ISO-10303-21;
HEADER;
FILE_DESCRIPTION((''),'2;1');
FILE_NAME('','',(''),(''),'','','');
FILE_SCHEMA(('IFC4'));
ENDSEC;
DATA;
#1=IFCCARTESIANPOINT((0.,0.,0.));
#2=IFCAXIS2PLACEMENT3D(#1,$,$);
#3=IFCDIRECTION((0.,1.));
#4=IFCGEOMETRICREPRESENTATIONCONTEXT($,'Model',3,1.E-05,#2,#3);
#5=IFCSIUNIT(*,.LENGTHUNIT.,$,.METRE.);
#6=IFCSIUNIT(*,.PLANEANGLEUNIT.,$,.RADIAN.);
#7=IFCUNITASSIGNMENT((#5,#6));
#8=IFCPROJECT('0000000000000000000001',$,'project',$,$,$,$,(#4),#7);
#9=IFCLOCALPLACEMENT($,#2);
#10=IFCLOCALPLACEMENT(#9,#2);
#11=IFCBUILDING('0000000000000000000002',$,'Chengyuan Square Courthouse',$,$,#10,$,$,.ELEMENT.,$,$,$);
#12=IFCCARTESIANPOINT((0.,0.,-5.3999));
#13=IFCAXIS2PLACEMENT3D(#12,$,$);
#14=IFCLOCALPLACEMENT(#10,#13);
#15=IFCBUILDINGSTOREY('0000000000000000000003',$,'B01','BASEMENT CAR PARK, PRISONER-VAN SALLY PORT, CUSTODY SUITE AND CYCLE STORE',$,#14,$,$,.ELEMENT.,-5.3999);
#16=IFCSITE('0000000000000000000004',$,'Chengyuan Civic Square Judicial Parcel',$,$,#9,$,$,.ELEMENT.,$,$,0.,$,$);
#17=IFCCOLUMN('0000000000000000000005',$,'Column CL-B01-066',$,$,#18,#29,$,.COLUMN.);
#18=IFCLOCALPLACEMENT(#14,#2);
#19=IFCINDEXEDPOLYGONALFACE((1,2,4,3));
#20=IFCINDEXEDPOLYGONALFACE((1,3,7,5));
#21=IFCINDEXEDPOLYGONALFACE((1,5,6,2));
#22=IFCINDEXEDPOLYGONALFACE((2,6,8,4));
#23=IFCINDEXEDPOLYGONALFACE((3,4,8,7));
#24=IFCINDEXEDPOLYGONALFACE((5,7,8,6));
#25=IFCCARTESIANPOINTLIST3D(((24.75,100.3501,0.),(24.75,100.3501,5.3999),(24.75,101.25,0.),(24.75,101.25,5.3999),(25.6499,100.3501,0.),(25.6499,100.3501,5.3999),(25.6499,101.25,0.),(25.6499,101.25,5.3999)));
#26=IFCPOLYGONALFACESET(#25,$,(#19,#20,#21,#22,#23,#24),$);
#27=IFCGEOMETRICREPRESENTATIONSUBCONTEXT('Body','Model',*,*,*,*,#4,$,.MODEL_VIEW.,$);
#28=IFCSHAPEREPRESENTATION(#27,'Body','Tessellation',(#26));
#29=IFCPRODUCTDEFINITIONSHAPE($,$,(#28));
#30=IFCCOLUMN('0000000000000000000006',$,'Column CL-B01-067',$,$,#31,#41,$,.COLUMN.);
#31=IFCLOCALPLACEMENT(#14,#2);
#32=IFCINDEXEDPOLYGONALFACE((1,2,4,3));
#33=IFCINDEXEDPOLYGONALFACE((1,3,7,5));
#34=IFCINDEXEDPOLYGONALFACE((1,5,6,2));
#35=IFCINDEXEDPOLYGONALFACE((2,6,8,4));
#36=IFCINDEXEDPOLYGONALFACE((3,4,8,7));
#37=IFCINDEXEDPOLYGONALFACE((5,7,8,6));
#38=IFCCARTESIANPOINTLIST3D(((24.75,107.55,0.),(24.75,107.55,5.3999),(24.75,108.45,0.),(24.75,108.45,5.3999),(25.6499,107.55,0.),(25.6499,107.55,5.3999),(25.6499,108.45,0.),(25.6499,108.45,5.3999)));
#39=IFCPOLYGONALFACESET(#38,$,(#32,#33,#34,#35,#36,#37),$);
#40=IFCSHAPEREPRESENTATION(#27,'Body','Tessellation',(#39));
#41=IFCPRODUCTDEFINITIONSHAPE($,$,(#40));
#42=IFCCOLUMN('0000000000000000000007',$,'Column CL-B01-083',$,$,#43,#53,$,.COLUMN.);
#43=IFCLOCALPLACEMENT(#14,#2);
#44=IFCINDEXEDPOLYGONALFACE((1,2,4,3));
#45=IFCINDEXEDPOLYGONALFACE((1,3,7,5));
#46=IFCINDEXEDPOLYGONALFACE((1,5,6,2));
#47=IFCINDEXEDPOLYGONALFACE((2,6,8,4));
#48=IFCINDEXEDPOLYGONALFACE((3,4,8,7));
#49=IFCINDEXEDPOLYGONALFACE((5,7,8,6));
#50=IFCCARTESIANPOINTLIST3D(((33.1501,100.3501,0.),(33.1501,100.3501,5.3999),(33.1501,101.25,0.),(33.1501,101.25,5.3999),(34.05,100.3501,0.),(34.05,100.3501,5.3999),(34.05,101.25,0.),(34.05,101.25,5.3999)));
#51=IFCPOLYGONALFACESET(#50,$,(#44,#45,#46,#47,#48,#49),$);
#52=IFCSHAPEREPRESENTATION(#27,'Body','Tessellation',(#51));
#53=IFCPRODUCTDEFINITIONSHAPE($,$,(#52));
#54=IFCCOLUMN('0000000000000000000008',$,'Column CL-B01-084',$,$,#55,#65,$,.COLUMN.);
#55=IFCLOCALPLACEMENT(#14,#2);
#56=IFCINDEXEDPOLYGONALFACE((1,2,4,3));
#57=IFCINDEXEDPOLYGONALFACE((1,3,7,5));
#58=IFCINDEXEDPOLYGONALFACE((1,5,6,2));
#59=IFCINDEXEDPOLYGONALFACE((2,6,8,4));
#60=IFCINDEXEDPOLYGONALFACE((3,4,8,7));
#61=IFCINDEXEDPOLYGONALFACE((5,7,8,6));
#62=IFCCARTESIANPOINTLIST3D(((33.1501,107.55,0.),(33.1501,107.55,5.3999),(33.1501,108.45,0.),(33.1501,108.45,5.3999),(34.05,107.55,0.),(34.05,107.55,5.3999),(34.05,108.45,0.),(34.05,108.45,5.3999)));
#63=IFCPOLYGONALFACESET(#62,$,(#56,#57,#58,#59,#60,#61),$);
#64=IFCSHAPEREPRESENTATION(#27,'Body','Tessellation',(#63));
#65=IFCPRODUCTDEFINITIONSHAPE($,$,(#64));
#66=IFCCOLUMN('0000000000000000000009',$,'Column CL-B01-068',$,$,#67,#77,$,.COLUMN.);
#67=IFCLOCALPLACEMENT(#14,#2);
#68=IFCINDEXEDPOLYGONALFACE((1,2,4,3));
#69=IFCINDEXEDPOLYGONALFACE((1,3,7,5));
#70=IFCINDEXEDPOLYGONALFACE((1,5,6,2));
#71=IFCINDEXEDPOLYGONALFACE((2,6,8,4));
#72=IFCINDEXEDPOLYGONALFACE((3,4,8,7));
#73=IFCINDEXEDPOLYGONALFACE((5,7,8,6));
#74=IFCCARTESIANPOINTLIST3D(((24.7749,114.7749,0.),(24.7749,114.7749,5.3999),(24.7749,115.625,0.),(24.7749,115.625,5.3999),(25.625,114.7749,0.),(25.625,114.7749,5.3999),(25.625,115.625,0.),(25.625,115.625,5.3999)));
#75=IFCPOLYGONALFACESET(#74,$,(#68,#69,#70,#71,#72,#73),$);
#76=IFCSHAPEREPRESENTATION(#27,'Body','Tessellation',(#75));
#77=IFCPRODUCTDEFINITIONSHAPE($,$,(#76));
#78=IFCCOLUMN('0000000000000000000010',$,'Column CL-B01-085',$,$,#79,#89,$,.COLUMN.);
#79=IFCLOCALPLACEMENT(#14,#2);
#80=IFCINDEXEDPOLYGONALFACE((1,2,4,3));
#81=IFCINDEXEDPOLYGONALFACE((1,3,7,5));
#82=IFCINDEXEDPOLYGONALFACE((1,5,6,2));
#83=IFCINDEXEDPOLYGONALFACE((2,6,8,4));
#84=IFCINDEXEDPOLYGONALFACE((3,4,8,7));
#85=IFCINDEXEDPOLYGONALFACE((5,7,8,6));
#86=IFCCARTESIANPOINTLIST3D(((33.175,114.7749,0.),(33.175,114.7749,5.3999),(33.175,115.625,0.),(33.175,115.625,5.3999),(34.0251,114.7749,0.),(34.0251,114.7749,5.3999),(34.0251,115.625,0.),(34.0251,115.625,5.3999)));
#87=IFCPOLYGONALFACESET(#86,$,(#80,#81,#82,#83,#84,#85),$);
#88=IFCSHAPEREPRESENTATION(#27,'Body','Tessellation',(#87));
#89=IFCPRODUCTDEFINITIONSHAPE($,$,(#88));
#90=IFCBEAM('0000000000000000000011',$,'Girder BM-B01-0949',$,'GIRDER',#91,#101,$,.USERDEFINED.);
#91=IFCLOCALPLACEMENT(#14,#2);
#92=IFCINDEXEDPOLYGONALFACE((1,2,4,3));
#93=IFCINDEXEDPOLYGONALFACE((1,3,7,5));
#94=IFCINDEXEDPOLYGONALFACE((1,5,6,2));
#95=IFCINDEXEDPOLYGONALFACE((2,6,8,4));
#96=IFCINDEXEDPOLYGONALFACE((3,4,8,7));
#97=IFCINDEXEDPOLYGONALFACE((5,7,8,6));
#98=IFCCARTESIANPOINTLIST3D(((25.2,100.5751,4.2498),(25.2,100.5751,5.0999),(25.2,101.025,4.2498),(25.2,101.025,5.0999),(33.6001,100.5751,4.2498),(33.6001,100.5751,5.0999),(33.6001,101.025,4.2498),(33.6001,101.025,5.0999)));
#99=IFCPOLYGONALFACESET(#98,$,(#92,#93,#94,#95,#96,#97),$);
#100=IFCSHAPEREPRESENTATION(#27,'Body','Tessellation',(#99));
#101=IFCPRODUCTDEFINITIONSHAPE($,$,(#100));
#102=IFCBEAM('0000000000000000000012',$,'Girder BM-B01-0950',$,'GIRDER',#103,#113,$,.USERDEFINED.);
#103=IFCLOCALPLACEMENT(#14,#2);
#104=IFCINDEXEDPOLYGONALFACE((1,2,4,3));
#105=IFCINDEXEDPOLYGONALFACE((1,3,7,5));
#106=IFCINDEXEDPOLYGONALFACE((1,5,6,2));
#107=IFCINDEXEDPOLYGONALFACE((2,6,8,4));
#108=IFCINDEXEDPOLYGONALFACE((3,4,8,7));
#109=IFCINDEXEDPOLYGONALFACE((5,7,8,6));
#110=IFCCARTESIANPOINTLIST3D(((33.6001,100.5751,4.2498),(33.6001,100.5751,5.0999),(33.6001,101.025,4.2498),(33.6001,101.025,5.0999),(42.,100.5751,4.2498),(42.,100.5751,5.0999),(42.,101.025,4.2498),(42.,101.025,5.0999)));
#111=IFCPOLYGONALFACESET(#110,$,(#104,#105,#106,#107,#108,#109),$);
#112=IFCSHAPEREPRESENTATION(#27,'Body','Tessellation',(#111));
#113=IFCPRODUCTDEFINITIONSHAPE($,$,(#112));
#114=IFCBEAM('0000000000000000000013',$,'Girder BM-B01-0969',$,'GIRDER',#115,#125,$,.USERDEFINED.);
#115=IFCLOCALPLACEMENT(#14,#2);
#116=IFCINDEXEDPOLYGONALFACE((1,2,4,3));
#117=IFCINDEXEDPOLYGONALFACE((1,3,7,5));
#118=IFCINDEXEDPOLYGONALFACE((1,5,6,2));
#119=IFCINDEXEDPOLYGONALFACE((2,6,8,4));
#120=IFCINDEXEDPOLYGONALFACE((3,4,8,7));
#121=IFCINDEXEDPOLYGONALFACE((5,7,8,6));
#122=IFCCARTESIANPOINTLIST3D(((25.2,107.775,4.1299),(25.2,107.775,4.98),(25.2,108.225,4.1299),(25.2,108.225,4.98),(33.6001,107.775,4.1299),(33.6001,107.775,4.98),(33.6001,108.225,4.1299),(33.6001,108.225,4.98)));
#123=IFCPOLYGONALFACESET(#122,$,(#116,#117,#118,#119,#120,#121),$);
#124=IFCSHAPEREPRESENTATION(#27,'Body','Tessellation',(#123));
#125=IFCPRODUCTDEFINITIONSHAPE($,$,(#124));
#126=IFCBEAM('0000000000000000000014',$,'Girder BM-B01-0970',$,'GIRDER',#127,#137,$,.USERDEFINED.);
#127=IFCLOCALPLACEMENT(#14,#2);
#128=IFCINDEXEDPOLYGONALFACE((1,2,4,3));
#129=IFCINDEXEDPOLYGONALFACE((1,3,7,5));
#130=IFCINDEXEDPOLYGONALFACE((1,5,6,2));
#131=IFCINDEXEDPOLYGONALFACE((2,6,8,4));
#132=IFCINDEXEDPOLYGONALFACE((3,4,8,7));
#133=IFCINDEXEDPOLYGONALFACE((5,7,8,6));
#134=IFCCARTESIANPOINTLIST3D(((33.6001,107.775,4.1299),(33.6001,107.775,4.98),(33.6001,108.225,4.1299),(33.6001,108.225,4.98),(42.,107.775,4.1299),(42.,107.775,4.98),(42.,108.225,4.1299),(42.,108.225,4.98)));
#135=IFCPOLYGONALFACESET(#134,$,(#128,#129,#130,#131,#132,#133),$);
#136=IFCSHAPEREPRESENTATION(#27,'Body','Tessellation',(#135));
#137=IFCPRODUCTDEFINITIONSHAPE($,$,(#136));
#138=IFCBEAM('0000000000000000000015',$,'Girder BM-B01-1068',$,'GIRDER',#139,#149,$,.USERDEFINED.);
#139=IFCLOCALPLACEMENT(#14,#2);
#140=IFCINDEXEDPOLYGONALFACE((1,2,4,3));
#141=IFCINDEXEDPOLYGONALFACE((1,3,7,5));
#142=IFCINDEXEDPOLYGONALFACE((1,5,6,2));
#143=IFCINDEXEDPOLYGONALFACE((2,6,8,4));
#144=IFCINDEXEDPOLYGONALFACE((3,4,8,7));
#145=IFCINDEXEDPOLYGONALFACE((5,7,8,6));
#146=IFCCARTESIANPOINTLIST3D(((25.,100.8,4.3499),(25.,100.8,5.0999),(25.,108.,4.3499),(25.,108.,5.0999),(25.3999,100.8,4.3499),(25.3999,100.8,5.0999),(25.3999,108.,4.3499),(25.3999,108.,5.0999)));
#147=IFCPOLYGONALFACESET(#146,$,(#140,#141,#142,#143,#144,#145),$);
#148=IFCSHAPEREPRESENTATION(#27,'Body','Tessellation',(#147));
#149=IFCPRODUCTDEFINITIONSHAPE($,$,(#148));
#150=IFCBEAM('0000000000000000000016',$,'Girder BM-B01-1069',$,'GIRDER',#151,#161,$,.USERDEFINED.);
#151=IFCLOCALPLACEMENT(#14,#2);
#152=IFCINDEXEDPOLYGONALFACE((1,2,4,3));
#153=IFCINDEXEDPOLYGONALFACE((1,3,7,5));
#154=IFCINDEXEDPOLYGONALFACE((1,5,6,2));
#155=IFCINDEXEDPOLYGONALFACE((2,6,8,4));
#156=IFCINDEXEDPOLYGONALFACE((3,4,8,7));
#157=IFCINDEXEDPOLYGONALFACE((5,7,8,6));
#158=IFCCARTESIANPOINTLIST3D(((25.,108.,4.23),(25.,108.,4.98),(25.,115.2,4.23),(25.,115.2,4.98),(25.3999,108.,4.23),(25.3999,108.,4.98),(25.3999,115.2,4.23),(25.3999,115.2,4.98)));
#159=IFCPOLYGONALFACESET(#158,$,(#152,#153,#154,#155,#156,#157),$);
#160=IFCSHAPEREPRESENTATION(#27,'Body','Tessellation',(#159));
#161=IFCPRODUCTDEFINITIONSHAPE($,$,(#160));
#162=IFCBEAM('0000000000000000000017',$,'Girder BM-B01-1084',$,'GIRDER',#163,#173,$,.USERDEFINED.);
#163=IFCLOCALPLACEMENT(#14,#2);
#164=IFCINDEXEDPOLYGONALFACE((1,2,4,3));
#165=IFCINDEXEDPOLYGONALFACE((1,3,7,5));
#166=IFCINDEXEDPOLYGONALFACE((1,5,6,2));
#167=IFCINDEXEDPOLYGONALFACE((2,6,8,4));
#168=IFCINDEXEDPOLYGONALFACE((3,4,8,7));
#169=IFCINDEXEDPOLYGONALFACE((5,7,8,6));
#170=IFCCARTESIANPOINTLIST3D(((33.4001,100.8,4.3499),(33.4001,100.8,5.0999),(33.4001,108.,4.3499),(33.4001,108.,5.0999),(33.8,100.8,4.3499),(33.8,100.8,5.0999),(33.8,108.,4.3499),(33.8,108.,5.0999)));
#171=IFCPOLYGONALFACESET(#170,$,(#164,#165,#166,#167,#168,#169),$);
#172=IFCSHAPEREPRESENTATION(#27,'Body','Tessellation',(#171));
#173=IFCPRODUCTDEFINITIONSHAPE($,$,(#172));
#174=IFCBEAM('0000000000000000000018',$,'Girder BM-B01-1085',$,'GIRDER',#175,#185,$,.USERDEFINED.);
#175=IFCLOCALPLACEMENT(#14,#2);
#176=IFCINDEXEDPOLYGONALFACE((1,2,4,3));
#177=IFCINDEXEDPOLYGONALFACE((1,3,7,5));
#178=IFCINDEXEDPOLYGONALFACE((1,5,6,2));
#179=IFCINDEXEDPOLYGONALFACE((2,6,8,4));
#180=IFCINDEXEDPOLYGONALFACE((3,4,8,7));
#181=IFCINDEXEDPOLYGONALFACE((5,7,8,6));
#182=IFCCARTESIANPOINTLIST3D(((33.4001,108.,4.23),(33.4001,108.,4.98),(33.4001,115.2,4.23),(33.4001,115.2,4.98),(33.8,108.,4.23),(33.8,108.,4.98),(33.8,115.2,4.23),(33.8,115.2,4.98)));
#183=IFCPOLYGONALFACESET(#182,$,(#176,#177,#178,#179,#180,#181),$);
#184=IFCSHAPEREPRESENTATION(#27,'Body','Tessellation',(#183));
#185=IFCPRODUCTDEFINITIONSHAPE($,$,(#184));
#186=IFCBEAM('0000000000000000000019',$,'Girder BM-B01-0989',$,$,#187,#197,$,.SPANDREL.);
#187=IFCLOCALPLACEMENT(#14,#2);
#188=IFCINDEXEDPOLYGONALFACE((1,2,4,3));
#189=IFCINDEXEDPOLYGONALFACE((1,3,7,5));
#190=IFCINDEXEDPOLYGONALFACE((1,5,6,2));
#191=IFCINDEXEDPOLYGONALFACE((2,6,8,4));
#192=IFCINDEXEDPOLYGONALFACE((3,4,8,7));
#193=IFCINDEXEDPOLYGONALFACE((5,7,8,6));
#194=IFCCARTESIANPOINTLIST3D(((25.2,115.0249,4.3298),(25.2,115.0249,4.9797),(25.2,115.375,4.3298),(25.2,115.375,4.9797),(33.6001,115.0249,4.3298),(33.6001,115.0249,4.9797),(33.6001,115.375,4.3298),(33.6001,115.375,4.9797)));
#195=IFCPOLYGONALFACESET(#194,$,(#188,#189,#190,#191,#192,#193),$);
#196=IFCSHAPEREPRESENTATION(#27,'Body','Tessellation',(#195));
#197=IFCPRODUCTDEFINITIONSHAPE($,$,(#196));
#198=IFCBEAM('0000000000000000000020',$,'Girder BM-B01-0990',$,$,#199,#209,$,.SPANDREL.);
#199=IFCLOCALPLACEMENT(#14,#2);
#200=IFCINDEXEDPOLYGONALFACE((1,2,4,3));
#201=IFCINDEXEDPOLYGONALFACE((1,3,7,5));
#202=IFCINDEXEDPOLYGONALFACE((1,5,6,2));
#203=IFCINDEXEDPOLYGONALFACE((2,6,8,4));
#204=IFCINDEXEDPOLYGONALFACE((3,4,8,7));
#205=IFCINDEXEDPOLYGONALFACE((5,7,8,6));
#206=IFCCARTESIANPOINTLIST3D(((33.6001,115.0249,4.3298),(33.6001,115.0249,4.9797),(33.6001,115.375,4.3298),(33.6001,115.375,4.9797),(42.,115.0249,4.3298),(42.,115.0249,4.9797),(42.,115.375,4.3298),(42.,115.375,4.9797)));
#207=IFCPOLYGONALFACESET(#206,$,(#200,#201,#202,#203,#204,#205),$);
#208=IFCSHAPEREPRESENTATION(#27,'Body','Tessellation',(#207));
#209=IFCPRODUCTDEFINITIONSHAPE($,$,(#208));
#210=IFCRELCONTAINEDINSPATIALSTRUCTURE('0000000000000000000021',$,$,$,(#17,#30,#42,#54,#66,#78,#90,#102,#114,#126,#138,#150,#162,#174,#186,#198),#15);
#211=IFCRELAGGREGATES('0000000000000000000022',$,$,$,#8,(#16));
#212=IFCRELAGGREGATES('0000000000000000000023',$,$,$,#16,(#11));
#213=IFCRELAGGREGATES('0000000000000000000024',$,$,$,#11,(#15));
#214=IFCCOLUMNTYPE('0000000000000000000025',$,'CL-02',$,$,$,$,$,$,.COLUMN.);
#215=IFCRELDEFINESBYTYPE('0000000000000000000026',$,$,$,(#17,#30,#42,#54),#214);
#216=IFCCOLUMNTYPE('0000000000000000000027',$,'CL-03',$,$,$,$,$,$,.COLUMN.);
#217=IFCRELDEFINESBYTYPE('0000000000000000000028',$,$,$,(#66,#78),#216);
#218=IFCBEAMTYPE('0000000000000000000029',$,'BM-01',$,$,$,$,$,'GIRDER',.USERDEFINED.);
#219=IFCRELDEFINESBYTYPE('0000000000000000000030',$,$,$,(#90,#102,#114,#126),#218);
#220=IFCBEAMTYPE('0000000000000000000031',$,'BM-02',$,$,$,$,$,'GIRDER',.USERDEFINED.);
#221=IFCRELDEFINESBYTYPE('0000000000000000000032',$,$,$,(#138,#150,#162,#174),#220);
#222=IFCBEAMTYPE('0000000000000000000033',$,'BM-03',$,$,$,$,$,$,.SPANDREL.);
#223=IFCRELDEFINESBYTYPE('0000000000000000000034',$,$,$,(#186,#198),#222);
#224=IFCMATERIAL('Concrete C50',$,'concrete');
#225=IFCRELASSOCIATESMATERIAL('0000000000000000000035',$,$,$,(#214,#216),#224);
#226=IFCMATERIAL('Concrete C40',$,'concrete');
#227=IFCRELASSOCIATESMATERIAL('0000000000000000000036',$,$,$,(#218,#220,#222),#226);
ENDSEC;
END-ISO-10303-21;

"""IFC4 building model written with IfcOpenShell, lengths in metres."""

from ifc_helpers import new_model, si_unit, direction, frame, origin, origin_2d, place, context, subcontext, project, spatial, rectangle, extrude, material, material_profile, profile_set, type_object, element, save


model = new_model("IFC4")

# Units and contexts
model_context = context("Model", 3, precision=1e-05, world=origin(), true_north=direction((0.0, 1.0)))
body_context = subcontext(model_context, "Body", "Model", "MODEL_VIEW")
ifc_project = project(units=[si_unit("LENGTHUNIT", "METRE"), si_unit("PLANEANGLEUNIT", "RADIAN")], contexts=[model_context])

# Site, building, storey
site_placement = place(None, origin())
site = spatial("IfcSite", under=ifc_project, at=site_placement, Name="Chengyuan Civic Square Judicial Parcel", CompositionType="ELEMENT", RefElevation=0.0)
building_placement = place(site_placement, origin())
building = spatial("IfcBuilding", under=site, at=building_placement, Name="Chengyuan Square Courthouse", CompositionType="ELEMENT")
storey_placement = place(building_placement, frame((0.0, 0.0, -5.3999)))
storey = spatial("IfcBuildingStorey", under=building, at=storey_placement, Name="B01", Description="BASEMENT CAR PARK, PRISONER-VAN SALLY PORT, CUSTODY SUITE AND CYCLE STORE", CompositionType="ELEMENT", Elevation=-5.3999)

# Columns
ifc_material_1 = material(Name="Concrete C50", Category="concrete")
ifc_material_profile_1 = material_profile(ifc_material_1, rectangle(XDim=0.8999, YDim=0.8999, at=origin_2d()), Name="RC-COL-900x900")
ifc_profile_set_1 = profile_set([ifc_material_profile_1], Name="Concrete C50")
column_type_1 = type_object("IfcColumnType", Name="CL-02", PredefinedType="COLUMN", material=ifc_profile_set_1)
for number, where, z_axis, x_axis, name in (
    (1, (25.2, 100.8, 0.0), (0.0, 0.0, 1.0), (1.0, 0.0, 0.0), "Column CL-B01-066"),
    (2, (25.2, 108.0, 0.0), (0.0, 0.0, 1.0), (1.0, 0.0, 0.0), "Column CL-B01-067"),
    (3, (33.6001, 100.8, 0.0), (0.0, 0.0, 1.0), (1.0, 0.0, 0.0), "Column CL-B01-083"),
    (4, (33.6001, 108.0, 0.0), (0.0, 0.0, 1.0), (1.0, 0.0, 0.0), "Column CL-B01-084"),
):
    element("IfcColumn", number, at=place(storey_placement, frame(where, z_axis=z_axis, x_axis=x_axis)), inside=storey, type_object=column_type_1, Name=name, PredefinedType="COLUMN", context=body_context, shape_type="SweptSolid", body=[
        extrude(rectangle(XDim=0.8999, YDim=0.8999, at=origin_2d()), origin(), (0.0, 0.0, 1.0), 5.3999),
    ])
ifc_material_profile_2 = material_profile(ifc_material_1, rectangle(XDim=0.8501, YDim=0.8501, at=origin_2d()), Name="RC-COL-850x850")
ifc_profile_set_2 = profile_set([ifc_material_profile_2], Name="Concrete C50")
column_type_2 = type_object("IfcColumnType", Name="CL-03", PredefinedType="COLUMN", material=ifc_profile_set_2)
for number, where, z_axis, x_axis, name in (
    (5, (25.2, 115.2, 0.0), (0.0, 0.0, 1.0), (1.0, 0.0, 0.0), "Column CL-B01-068"),
    (6, (33.6001, 115.2, 0.0), (0.0, 0.0, 1.0), (1.0, 0.0, 0.0), "Column CL-B01-085"),
):
    element("IfcColumn", number, at=place(storey_placement, frame(where, z_axis=z_axis, x_axis=x_axis)), inside=storey, type_object=column_type_2, Name=name, PredefinedType="COLUMN", context=body_context, shape_type="SweptSolid", body=[
        extrude(rectangle(XDim=0.8501, YDim=0.8501, at=origin_2d()), origin(), (0.0, 0.0, 1.0), 5.3999),
    ])

# Beams
ifc_material_2 = material(Name="Concrete C40", Category="concrete")
ifc_material_profile_3 = material_profile(ifc_material_2, rectangle(XDim=0.45, YDim=0.8501, at=origin_2d()), Name="RC-BM-450x850")
ifc_profile_set_3 = profile_set([ifc_material_profile_3], Name="Concrete C40")
beam_type_1 = type_object("IfcBeamType", Name="BM-01", ElementType="GIRDER", PredefinedType="USERDEFINED", material=ifc_profile_set_3)
beam_1_placement = place(storey_placement, frame((25.2, 100.8, 4.6748), z_axis=(1.0, 0.0, 0.0), x_axis=(0.0, 1.0, 0.0)))
element("IfcBeam", 7, at=beam_1_placement, inside=storey, type_object=beam_type_1, Name="Girder BM-B01-0949", ObjectType="GIRDER", PredefinedType="USERDEFINED", context=body_context, shape_type="SweptSolid", body=[
    extrude(rectangle(XDim=0.45, YDim=0.8501, at=origin_2d()), origin(), (0.0, 0.0, 1.0), 8.4001),
])
beam_2_placement = place(storey_placement, frame((33.6001, 100.8, 4.6748), z_axis=(1.0, 0.0, 0.0), x_axis=(0.0, 1.0, 0.0)))
element("IfcBeam", 8, at=beam_2_placement, inside=storey, type_object=beam_type_1, Name="Girder BM-B01-0950", ObjectType="GIRDER", PredefinedType="USERDEFINED", context=body_context, shape_type="SweptSolid", body=[
    extrude(rectangle(XDim=0.45, YDim=0.8501, at=origin_2d()), origin(), (0.0, 0.0, 1.0), 8.3999),
])
beam_3_placement = place(storey_placement, frame((25.2, 108.0, 4.5549), z_axis=(1.0, 0.0, 0.0), x_axis=(0.0, 1.0, 0.0)))
element("IfcBeam", 9, at=beam_3_placement, inside=storey, type_object=beam_type_1, Name="Girder BM-B01-0969", ObjectType="GIRDER", PredefinedType="USERDEFINED", context=body_context, shape_type="SweptSolid", body=[
    extrude(rectangle(XDim=0.45, YDim=0.8501, at=origin_2d()), origin(), (0.0, 0.0, 1.0), 8.4001),
])
beam_4_placement = place(storey_placement, frame((33.6001, 108.0, 4.5549), z_axis=(1.0, 0.0, 0.0), x_axis=(0.0, 1.0, 0.0)))
element("IfcBeam", 10, at=beam_4_placement, inside=storey, type_object=beam_type_1, Name="Girder BM-B01-0970", ObjectType="GIRDER", PredefinedType="USERDEFINED", context=body_context, shape_type="SweptSolid", body=[
    extrude(rectangle(XDim=0.45, YDim=0.8501, at=origin_2d()), origin(), (0.0, 0.0, 1.0), 8.3999),
])
ifc_material_profile_4 = material_profile(ifc_material_2, rectangle(XDim=0.3999, YDim=0.75, at=origin_2d()), Name="RC-BM-400x750")
ifc_profile_set_4 = profile_set([ifc_material_profile_4], Name="Concrete C40")
beam_type_2 = type_object("IfcBeamType", Name="BM-02", ElementType="GIRDER", PredefinedType="USERDEFINED", material=ifc_profile_set_4)
for number, where, z_axis, x_axis, name in (
    (11, (25.2, 100.8, 4.7249), (0.0, 1.0, 0.0), (-1.0, 0.0, 0.0), "Girder BM-B01-1068"),
    (12, (25.2, 108.0, 4.605), (0.0, 1.0, 0.0), (-1.0, 0.0, 0.0), "Girder BM-B01-1069"),
    (13, (33.6001, 100.8, 4.7249), (0.0, 1.0, 0.0), (-1.0, 0.0, 0.0), "Girder BM-B01-1084"),
    (14, (33.6001, 108.0, 4.605), (0.0, 1.0, 0.0), (-1.0, 0.0, 0.0), "Girder BM-B01-1085"),
):
    element("IfcBeam", number, at=place(storey_placement, frame(where, z_axis=z_axis, x_axis=x_axis)), inside=storey, type_object=beam_type_2, Name=name, ObjectType="GIRDER", PredefinedType="USERDEFINED", context=body_context, shape_type="SweptSolid", body=[
        extrude(rectangle(XDim=0.3999, YDim=0.75, at=origin_2d()), origin(), (0.0, 0.0, 1.0), 7.2),
    ])
ifc_material_profile_5 = material_profile(ifc_material_2, rectangle(XDim=0.3501, YDim=0.6499, at=origin_2d()), Name="RC-BM-350x650")
ifc_profile_set_5 = profile_set([ifc_material_profile_5], Name="Concrete C40")
beam_type_3 = type_object("IfcBeamType", Name="BM-03", PredefinedType="SPANDREL", material=ifc_profile_set_5)
beam_5_placement = place(storey_placement, frame((25.2, 115.2, 4.6548), z_axis=(1.0, 0.0, 0.0), x_axis=(0.0, 1.0, 0.0)))
element("IfcBeam", 15, at=beam_5_placement, inside=storey, type_object=beam_type_3, Name="Girder BM-B01-0989", PredefinedType="SPANDREL", context=body_context, shape_type="SweptSolid", body=[
    extrude(rectangle(XDim=0.3501, YDim=0.6499, at=origin_2d()), origin(), (0.0, 0.0, 1.0), 8.4001),
])
beam_6_placement = place(storey_placement, frame((33.6001, 115.2, 4.6548), z_axis=(1.0, 0.0, 0.0), x_axis=(0.0, 1.0, 0.0)))
element("IfcBeam", 16, at=beam_6_placement, inside=storey, type_object=beam_type_3, Name="Girder BM-B01-0990", PredefinedType="SPANDREL", context=body_context, shape_type="SweptSolid", body=[
    extrude(rectangle(XDim=0.3501, YDim=0.6499, at=origin_2d()), origin(), (0.0, 0.0, 1.0), 8.3999),
])

save(model, "model.ifc")
